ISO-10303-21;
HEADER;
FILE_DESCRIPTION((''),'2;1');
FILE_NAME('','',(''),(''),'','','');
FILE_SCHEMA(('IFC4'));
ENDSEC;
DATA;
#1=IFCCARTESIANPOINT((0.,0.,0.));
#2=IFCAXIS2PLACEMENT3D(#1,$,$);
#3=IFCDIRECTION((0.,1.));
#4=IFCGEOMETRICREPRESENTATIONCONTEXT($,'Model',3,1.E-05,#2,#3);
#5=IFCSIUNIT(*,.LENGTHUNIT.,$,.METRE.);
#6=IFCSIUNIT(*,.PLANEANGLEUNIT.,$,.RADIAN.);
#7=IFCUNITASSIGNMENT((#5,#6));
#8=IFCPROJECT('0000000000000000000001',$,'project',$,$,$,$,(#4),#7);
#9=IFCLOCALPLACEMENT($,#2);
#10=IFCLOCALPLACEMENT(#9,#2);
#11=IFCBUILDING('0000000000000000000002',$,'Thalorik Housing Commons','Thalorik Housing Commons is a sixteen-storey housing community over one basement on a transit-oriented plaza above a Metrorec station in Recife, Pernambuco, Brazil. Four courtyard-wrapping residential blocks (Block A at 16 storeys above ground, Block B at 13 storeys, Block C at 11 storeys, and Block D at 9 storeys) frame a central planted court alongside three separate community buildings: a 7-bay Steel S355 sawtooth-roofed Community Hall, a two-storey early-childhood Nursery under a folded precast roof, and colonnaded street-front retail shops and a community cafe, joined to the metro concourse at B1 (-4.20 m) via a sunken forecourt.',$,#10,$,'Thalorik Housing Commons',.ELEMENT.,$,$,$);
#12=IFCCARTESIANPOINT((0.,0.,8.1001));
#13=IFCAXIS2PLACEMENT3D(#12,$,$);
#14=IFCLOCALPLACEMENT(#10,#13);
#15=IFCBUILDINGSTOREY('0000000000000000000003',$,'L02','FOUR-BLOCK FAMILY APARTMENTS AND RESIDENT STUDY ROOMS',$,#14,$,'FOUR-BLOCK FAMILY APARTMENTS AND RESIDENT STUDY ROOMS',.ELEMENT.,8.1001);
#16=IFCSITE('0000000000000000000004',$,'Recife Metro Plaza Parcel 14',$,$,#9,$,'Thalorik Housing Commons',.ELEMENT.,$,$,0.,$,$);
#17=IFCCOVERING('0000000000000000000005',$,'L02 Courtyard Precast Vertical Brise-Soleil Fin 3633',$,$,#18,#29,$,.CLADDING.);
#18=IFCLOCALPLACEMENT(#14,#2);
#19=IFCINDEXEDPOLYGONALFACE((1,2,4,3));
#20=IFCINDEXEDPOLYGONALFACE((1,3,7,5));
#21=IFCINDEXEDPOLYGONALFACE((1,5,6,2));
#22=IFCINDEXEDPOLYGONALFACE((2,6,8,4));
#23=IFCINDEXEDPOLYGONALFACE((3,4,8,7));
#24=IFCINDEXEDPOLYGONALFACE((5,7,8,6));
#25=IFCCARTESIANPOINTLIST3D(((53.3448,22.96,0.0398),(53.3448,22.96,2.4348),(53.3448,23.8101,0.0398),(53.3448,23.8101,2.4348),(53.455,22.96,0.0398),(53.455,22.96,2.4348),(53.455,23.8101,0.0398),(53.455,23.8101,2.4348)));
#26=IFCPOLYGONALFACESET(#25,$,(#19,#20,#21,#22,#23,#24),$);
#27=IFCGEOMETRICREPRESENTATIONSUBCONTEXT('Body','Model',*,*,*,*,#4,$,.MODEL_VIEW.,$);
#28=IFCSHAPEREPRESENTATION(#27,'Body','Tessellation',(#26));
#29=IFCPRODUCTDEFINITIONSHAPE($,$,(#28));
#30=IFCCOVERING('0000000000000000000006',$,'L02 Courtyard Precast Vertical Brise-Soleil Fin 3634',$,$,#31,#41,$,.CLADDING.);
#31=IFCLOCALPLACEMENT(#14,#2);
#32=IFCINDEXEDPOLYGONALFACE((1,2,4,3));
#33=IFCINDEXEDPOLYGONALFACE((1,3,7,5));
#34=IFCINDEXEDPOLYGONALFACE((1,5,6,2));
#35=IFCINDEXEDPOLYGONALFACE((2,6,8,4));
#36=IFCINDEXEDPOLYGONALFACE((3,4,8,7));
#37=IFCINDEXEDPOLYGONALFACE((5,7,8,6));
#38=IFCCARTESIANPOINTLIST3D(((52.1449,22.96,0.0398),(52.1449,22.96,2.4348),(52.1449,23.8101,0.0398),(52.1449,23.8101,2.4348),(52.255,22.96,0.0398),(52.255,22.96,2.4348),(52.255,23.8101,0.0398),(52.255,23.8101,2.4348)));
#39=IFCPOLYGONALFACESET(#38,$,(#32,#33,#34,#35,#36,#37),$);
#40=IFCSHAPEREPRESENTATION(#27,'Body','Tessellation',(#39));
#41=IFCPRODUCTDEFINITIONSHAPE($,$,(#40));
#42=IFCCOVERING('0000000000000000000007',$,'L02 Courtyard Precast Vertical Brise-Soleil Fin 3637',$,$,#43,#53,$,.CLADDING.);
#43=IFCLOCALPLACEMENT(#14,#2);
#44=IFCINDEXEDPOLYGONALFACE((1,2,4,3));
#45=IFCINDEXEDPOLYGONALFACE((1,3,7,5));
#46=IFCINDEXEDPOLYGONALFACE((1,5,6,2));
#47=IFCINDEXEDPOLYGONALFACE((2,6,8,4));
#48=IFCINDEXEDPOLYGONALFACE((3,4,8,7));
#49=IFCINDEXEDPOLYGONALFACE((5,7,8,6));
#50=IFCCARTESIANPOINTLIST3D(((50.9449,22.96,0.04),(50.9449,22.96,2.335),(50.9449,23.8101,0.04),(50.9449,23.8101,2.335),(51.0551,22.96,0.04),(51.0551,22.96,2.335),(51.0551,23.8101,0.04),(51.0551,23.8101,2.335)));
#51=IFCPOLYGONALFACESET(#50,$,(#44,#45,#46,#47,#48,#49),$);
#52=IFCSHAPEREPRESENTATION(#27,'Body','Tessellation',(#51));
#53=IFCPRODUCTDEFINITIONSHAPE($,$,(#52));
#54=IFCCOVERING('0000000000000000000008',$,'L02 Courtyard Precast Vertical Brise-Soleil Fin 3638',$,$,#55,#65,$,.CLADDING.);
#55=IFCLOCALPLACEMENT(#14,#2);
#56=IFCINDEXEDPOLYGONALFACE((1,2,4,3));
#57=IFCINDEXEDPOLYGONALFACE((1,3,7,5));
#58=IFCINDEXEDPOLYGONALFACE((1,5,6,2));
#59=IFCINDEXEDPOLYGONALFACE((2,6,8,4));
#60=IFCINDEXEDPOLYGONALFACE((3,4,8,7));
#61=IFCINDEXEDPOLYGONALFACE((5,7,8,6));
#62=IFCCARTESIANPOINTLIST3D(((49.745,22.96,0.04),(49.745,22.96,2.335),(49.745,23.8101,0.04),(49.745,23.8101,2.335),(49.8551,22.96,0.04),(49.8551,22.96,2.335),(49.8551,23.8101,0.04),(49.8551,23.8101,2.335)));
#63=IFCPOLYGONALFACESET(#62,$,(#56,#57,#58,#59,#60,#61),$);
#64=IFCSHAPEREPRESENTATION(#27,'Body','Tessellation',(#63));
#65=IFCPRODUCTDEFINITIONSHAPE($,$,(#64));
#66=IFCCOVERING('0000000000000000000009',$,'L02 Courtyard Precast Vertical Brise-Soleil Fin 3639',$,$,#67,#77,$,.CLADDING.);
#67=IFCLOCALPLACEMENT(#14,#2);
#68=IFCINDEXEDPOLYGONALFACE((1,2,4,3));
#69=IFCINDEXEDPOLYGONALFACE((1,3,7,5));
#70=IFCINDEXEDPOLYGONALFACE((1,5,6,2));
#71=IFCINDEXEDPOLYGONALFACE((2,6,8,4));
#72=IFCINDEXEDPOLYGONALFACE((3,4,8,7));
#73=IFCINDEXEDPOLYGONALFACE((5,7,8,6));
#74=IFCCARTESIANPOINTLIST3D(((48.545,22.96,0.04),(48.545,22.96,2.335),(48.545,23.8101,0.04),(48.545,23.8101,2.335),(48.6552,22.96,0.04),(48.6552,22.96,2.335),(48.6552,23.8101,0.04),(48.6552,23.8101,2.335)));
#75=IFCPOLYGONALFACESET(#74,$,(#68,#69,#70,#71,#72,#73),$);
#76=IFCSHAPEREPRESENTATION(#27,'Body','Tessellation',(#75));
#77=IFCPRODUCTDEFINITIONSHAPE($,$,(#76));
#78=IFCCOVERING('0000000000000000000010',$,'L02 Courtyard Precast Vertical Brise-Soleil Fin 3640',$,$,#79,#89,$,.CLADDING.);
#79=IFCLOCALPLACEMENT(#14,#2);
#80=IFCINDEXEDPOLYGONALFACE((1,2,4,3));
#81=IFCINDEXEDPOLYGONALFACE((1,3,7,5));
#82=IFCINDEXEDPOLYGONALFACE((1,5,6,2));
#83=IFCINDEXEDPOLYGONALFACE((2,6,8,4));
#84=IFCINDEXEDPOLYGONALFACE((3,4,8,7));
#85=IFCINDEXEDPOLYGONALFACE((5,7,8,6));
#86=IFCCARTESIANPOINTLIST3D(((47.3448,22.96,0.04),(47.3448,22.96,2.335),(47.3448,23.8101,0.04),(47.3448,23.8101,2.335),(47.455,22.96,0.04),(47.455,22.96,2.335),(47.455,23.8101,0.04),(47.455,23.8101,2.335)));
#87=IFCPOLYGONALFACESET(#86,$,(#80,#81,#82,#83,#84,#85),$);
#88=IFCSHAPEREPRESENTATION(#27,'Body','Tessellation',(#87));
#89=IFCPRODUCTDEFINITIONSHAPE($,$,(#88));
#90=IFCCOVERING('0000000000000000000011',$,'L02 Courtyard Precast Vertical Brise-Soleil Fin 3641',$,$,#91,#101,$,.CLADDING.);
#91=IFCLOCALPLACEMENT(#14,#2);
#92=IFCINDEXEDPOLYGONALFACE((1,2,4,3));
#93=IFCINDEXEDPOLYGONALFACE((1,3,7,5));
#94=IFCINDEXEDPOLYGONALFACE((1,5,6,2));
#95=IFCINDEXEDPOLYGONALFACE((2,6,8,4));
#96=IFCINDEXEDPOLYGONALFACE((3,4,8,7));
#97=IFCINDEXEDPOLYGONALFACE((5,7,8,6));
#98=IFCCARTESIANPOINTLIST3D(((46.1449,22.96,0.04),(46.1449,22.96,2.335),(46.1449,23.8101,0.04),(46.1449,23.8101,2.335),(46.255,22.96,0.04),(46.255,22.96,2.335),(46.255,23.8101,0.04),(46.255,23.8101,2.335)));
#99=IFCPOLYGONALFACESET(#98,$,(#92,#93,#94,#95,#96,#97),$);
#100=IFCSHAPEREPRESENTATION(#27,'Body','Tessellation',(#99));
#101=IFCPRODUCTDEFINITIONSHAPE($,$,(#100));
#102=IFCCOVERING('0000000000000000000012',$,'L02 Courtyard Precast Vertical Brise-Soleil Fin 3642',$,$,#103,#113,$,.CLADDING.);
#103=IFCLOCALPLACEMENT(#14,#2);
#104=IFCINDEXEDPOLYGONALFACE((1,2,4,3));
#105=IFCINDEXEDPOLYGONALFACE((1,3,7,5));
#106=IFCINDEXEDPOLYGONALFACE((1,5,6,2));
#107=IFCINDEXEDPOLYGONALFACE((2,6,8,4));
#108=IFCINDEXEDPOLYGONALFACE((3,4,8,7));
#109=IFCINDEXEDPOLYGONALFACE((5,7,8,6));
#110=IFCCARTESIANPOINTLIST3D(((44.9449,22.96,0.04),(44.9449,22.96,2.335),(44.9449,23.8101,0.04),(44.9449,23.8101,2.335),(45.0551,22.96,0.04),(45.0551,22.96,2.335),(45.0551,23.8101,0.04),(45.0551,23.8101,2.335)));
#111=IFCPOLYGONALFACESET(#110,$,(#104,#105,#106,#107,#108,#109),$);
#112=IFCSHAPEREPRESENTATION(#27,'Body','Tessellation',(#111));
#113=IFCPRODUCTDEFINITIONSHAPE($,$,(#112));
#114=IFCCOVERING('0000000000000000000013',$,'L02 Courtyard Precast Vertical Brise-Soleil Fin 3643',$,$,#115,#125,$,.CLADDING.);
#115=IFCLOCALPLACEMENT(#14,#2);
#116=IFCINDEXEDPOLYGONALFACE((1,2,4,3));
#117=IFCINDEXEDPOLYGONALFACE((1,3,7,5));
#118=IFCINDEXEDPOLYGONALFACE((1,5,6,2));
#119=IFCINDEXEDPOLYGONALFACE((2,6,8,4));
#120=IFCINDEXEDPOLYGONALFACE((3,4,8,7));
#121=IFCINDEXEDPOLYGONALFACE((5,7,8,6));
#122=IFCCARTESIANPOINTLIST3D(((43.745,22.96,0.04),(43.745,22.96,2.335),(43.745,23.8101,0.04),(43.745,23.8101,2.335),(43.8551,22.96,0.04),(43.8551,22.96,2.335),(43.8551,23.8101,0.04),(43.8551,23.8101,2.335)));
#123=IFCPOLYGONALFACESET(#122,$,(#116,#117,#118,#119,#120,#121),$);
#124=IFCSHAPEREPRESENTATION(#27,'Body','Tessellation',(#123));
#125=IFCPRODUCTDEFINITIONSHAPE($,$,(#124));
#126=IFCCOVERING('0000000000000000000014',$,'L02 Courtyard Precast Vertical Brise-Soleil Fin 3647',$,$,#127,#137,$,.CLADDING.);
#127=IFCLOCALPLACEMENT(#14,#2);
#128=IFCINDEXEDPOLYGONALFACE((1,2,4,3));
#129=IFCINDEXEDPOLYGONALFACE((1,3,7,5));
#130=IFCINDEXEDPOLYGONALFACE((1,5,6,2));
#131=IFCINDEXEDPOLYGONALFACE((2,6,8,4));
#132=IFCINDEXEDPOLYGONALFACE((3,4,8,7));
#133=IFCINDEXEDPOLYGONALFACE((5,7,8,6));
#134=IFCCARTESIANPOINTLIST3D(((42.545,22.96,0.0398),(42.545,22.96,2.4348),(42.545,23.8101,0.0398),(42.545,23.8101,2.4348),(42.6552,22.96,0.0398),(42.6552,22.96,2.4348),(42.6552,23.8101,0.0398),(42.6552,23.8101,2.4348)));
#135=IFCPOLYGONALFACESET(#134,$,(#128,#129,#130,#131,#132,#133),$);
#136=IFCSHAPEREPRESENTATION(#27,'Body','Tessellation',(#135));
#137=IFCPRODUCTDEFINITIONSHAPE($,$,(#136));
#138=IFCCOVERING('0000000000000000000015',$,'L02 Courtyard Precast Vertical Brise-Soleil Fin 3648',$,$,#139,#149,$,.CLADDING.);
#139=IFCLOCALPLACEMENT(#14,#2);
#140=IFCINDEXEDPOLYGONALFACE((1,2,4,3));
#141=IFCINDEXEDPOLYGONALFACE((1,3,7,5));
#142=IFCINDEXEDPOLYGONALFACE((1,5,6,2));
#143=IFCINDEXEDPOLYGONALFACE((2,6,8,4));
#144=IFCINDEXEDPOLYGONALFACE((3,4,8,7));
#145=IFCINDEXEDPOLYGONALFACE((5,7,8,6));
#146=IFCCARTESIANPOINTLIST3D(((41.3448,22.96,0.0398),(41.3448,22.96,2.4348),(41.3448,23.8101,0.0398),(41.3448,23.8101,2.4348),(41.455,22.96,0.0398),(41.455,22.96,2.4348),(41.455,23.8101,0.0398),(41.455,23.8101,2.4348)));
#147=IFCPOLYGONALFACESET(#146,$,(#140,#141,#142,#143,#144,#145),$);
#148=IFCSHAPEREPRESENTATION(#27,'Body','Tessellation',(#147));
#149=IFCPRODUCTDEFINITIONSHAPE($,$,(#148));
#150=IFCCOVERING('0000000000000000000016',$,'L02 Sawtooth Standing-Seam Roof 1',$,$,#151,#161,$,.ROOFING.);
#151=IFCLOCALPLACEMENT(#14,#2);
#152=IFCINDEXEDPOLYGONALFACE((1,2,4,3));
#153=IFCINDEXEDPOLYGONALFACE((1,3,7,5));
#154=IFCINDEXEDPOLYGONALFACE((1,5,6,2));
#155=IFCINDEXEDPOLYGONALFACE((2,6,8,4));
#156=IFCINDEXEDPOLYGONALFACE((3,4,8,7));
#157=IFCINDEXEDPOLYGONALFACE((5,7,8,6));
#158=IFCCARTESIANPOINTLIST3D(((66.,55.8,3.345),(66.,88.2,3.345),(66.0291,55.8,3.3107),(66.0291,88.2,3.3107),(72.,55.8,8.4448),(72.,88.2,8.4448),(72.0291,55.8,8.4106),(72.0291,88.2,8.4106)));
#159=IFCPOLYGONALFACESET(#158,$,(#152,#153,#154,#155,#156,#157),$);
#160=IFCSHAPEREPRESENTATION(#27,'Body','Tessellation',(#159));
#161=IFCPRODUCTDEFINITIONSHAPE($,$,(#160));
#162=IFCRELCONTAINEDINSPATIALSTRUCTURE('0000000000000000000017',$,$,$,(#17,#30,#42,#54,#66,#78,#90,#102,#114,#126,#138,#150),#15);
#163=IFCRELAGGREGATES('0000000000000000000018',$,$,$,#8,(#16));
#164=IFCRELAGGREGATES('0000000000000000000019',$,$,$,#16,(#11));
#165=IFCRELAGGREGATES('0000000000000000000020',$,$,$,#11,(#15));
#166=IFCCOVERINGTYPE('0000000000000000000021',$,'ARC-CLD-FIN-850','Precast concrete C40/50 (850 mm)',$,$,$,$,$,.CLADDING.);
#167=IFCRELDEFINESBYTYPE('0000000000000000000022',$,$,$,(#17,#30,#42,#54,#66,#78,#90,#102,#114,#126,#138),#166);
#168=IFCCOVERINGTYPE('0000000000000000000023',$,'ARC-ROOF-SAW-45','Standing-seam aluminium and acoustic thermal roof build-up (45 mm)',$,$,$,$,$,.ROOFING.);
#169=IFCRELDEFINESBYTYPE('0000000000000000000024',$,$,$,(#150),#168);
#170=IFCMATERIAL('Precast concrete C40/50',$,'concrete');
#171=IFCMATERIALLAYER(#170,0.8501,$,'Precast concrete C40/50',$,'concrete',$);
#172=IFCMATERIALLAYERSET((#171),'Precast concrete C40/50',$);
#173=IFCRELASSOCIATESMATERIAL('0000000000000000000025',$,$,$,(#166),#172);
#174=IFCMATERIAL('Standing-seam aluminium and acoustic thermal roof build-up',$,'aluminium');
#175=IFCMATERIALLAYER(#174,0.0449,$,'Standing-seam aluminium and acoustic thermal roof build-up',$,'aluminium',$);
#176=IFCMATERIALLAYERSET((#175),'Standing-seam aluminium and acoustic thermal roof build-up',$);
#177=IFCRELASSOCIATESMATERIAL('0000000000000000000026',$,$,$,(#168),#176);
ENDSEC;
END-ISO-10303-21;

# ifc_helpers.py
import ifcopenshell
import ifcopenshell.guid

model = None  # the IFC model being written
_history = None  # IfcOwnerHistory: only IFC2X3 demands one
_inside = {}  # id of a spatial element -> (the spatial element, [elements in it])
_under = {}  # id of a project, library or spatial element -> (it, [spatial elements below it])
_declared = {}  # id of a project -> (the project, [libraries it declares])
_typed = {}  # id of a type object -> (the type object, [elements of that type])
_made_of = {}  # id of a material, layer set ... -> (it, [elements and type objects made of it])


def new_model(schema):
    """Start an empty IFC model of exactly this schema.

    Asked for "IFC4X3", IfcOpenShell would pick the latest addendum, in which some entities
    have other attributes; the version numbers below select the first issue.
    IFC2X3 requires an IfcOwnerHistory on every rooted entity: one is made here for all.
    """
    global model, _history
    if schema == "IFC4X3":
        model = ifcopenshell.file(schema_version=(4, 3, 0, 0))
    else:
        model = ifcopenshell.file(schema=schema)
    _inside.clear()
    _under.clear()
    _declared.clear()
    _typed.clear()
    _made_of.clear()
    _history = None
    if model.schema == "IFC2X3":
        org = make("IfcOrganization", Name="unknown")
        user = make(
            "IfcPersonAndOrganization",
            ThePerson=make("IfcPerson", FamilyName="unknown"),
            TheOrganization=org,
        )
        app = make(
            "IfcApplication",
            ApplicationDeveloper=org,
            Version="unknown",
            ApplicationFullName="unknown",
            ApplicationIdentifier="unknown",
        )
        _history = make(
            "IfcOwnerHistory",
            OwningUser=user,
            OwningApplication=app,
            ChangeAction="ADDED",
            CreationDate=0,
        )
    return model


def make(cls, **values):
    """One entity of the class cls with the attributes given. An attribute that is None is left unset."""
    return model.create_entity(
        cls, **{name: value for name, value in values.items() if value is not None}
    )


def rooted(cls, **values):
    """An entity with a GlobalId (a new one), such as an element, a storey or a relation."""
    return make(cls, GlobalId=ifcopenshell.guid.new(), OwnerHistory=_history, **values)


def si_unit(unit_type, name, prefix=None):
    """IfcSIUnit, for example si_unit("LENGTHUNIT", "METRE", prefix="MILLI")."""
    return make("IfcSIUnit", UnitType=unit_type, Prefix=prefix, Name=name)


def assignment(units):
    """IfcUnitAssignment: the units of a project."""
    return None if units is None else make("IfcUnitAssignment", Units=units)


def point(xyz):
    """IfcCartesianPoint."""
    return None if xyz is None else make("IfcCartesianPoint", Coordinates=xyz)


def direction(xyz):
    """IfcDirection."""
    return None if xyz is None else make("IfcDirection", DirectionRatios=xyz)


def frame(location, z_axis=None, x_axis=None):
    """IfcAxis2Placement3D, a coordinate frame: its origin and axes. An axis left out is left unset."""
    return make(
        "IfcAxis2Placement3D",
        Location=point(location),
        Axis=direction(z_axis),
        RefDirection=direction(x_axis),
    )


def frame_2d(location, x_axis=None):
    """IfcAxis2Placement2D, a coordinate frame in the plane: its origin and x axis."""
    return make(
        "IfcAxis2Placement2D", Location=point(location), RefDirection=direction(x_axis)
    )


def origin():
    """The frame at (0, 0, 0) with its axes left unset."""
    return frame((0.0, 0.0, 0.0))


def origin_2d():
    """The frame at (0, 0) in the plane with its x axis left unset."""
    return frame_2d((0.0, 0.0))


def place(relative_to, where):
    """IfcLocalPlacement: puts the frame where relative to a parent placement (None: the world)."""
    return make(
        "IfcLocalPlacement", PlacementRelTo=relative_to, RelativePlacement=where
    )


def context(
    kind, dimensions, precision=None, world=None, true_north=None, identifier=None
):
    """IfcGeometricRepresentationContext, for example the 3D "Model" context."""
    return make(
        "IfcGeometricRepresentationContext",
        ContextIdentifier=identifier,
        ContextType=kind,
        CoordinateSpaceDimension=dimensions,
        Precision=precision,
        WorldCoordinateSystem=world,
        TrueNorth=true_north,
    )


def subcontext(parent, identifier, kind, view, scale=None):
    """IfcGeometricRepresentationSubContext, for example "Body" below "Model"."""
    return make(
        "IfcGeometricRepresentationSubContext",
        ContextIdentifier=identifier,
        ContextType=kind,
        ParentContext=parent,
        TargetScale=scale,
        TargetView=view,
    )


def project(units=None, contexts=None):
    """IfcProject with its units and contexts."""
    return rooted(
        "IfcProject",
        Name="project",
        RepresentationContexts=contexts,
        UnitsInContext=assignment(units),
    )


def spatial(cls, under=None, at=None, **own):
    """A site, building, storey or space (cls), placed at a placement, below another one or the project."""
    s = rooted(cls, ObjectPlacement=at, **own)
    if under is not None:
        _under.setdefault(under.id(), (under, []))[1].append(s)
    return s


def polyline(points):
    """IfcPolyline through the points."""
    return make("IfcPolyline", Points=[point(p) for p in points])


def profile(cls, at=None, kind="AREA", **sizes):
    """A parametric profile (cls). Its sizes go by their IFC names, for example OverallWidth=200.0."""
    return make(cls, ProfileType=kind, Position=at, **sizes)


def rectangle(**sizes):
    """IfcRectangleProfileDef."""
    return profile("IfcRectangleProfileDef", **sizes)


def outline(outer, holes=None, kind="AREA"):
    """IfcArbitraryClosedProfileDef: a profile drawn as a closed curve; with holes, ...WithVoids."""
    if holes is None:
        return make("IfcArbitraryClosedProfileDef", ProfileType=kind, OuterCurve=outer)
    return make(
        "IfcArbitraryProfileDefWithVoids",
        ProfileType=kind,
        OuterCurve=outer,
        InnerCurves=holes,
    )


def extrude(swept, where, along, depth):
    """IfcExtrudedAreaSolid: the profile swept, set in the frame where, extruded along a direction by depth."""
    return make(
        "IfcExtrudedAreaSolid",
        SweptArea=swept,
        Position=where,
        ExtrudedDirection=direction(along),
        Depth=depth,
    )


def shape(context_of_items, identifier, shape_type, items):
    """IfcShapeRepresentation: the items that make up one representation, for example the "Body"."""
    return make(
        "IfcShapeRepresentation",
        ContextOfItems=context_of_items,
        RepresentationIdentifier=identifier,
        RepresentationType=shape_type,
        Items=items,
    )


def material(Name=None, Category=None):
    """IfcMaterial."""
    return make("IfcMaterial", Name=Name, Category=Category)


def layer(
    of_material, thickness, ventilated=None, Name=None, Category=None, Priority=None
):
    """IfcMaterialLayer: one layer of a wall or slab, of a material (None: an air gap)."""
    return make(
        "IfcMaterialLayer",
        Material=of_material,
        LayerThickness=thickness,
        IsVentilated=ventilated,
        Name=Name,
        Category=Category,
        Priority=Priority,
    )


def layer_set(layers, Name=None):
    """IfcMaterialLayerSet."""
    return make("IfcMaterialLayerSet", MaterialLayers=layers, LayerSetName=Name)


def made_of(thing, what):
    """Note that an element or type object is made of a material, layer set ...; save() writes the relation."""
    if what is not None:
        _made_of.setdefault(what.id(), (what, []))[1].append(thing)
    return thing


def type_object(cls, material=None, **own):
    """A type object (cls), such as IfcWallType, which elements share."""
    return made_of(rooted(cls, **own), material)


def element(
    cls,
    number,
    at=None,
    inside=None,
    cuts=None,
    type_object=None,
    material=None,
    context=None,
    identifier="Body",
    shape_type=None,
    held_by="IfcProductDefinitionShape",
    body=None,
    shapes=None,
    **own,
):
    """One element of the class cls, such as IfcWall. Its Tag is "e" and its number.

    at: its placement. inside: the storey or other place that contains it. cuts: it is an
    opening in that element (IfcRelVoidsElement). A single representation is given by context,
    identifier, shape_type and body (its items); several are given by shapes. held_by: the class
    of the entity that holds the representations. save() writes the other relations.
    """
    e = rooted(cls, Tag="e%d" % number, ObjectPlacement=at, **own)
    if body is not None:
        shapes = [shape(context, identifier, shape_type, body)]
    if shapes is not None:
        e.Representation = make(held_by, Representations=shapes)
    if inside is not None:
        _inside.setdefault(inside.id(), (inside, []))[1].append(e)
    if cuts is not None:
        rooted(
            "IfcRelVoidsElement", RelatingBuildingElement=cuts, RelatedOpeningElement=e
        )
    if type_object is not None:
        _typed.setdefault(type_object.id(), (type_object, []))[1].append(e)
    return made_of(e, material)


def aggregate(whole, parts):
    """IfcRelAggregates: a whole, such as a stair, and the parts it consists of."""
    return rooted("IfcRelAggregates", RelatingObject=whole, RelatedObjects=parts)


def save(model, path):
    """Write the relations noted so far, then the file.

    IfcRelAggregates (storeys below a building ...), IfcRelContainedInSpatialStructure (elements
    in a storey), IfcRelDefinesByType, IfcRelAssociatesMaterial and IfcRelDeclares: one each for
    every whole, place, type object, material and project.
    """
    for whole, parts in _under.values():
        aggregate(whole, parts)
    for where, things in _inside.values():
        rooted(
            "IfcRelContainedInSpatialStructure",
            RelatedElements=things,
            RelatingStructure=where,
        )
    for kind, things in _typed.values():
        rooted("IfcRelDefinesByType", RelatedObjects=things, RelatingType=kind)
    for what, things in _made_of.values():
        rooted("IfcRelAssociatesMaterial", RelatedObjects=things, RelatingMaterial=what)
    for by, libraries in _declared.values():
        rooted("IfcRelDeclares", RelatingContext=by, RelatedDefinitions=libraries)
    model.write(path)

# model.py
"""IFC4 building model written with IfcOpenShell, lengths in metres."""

from ifc_helpers import new_model, si_unit, direction, frame, origin, origin_2d, place, context, subcontext, project, spatial, polyline, rectangle, outline, extrude, material, layer, layer_set, type_object, element, save


model = new_model("IFC4")

# Units and contexts
model_context = context("Model", 3, precision=1e-05, world=origin(), true_north=direction((0.0, 1.0)))
body_context = subcontext(model_context, "Body", "Model", "MODEL_VIEW")
ifc_project = project(units=[si_unit("LENGTHUNIT", "METRE"), si_unit("PLANEANGLEUNIT", "RADIAN")], contexts=[model_context])

# Site, building, storey
site_placement = place(None, origin())
site = spatial("IfcSite", under=ifc_project, at=site_placement, Name="Recife Metro Plaza Parcel 14", LongName="Thalorik Housing Commons", CompositionType="ELEMENT", RefElevation=0.0)
building_placement = place(site_placement, origin())
building = spatial("IfcBuilding", under=site, at=building_placement, Name="Thalorik Housing Commons", Description="Thalorik Housing Commons is a sixteen-storey housing community over one basement on a transit-oriented plaza above a Metrorec station in Recife, Pernambuco, Brazil. Four courtyard-wrapping residential blocks (Block A at 16 storeys above ground, Block B at 13 storeys, Block C at 11 storeys, and Block D at 9 storeys) frame a central planted court alongside three separate community buildings: a 7-bay Steel S355 sawtooth-roofed Community Hall, a two-storey early-childhood Nursery under a folded precast roof, and colonnaded street-front retail shops and a community cafe, joined to the metro concourse at B1 (-4.20 m) via a sunken forecourt.", LongName="Thalorik Housing Commons", CompositionType="ELEMENT")
storey_placement = place(building_placement, frame((0.0, 0.0, 8.1001)))
storey = spatial("IfcBuildingStorey", under=building, at=storey_placement, Name="L02", Description="FOUR-BLOCK FAMILY APARTMENTS AND RESIDENT STUDY ROOMS", LongName="FOUR-BLOCK FAMILY APARTMENTS AND RESIDENT STUDY ROOMS", CompositionType="ELEMENT", Elevation=8.1001)

# Shared definitions
ifc_material_1 = material(Name="Precast concrete C40/50", Category="concrete")

# Coverings
ifc_layer_1 = layer(ifc_material_1, 0.8501, Name="Precast concrete C40/50", Category="concrete")
ifc_layer_set_1 = layer_set([ifc_layer_1], Name="Precast concrete C40/50")
covering_type_1 = type_object("IfcCoveringType", Name="ARC-CLD-FIN-850", Description="Precast concrete C40/50 (850 mm)", PredefinedType="CLADDING", material=ifc_layer_set_1)
for number, where, z_axis, x_axis, name in (
    (1, (53.3999, 23.385, 0.0398), (0.0, 0.0, 1.0), (-1.0, 0.0, 0.0), "L02 Courtyard Precast Vertical Brise-Soleil Fin 3633"),
    (2, (52.2, 23.385, 0.0398), (0.0, 0.0, 1.0), (-1.0, 0.0, 0.0), "L02 Courtyard Precast Vertical Brise-Soleil Fin 3634"),
):
    element("IfcCovering", number, at=place(storey_placement, frame(where, z_axis=z_axis, x_axis=x_axis)), inside=storey, type_object=covering_type_1, Name=name, PredefinedType="CLADDING", context=body_context, shape_type="SweptSolid", body=[
        extrude(rectangle(XDim=0.1101, YDim=0.8501, at=origin_2d()), origin(), (0.0, 0.0, 1.0), 2.395),
    ])
for number, where, z_axis, x_axis, name in (
    (3, (51.0, 23.385, 0.04), (0.0, 0.0, 1.0), (-1.0, 0.0, 0.0), "L02 Courtyard Precast Vertical Brise-Soleil Fin 3637"),
    (4, (49.8, 23.385, 0.04), (0.0, 0.0, 1.0), (-1.0, 0.0, 0.0), "L02 Courtyard Precast Vertical Brise-Soleil Fin 3638"),
    (5, (48.6001, 23.385, 0.04), (0.0, 0.0, 1.0), (-1.0, 0.0, 0.0), "L02 Courtyard Precast Vertical Brise-Soleil Fin 3639"),
    (6, (47.3999, 23.385, 0.04), (0.0, 0.0, 1.0), (-1.0, 0.0, 0.0), "L02 Courtyard Precast Vertical Brise-Soleil Fin 3640"),
    (7, (46.2, 23.385, 0.04), (0.0, 0.0, 1.0), (-1.0, 0.0, 0.0), "L02 Courtyard Precast Vertical Brise-Soleil Fin 3641"),
    (8, (45.0, 23.385, 0.04), (0.0, 0.0, 1.0), (-1.0, 0.0, 0.0), "L02 Courtyard Precast Vertical Brise-Soleil Fin 3642"),
    (9, (43.8, 23.385, 0.04), (0.0, 0.0, 1.0), (-1.0, 0.0, 0.0), "L02 Courtyard Precast Vertical Brise-Soleil Fin 3643"),
):
    element("IfcCovering", number, at=place(storey_placement, frame(where, z_axis=z_axis, x_axis=x_axis)), inside=storey, type_object=covering_type_1, Name=name, PredefinedType="CLADDING", context=body_context, shape_type="SweptSolid", body=[
        extrude(rectangle(XDim=0.1101, YDim=0.8501, at=origin_2d()), origin(), (0.0, 0.0, 1.0), 2.2949),
    ])
for number, where, z_axis, x_axis, name in (
    (10, (42.6001, 23.385, 0.0398), (0.0, 0.0, 1.0), (-1.0, 0.0, 0.0), "L02 Courtyard Precast Vertical Brise-Soleil Fin 3647"),
    (11, (41.3999, 23.385, 0.0398), (0.0, 0.0, 1.0), (-1.0, 0.0, 0.0), "L02 Courtyard Precast Vertical Brise-Soleil Fin 3648"),
):
    element("IfcCovering", number, at=place(storey_placement, frame(where, z_axis=z_axis, x_axis=x_axis)), inside=storey, type_object=covering_type_1, Name=name, PredefinedType="CLADDING", context=body_context, shape_type="SweptSolid", body=[
        extrude(rectangle(XDim=0.1101, YDim=0.8501, at=origin_2d()), origin(), (0.0, 0.0, 1.0), 2.395),
    ])
ifc_material_2 = material(Name="Standing-seam aluminium and acoustic thermal roof build-up", Category="aluminium")
ifc_layer_2 = layer(ifc_material_2, 0.0449, Name="Standing-seam aluminium and acoustic thermal roof build-up", Category="aluminium")
ifc_layer_set_2 = layer_set([ifc_layer_2], Name="Standing-seam aluminium and acoustic thermal roof build-up")
covering_type_2 = type_object("IfcCoveringType", Name="ARC-ROOF-SAW-45", Description="Standing-seam aluminium and acoustic thermal roof build-up (45 mm)", PredefinedType="ROOFING", material=ifc_layer_set_2)
covering_placement = place(storey_placement, frame((66.0, 55.8, 3.345), z_axis=(-0.647638, 0.0, 0.761948), x_axis=(0.761948, 0.0, 0.647638)))
element("IfcCovering", 12, at=covering_placement, inside=storey, type_object=covering_type_2, Name="L02 Sawtooth Standing-Seam Roof 1", PredefinedType="ROOFING", context=body_context, shape_type="SweptSolid", body=[
    extrude(outline(polyline([(0.0, 0.0), (7.8745, 0.0), (7.8745, 32.3999), (0.0, 32.3999), (0.0, 0.0)])), origin(), (0.0, 0.0, -1.0), 0.0449),
])

save(model, "model.ifc")
